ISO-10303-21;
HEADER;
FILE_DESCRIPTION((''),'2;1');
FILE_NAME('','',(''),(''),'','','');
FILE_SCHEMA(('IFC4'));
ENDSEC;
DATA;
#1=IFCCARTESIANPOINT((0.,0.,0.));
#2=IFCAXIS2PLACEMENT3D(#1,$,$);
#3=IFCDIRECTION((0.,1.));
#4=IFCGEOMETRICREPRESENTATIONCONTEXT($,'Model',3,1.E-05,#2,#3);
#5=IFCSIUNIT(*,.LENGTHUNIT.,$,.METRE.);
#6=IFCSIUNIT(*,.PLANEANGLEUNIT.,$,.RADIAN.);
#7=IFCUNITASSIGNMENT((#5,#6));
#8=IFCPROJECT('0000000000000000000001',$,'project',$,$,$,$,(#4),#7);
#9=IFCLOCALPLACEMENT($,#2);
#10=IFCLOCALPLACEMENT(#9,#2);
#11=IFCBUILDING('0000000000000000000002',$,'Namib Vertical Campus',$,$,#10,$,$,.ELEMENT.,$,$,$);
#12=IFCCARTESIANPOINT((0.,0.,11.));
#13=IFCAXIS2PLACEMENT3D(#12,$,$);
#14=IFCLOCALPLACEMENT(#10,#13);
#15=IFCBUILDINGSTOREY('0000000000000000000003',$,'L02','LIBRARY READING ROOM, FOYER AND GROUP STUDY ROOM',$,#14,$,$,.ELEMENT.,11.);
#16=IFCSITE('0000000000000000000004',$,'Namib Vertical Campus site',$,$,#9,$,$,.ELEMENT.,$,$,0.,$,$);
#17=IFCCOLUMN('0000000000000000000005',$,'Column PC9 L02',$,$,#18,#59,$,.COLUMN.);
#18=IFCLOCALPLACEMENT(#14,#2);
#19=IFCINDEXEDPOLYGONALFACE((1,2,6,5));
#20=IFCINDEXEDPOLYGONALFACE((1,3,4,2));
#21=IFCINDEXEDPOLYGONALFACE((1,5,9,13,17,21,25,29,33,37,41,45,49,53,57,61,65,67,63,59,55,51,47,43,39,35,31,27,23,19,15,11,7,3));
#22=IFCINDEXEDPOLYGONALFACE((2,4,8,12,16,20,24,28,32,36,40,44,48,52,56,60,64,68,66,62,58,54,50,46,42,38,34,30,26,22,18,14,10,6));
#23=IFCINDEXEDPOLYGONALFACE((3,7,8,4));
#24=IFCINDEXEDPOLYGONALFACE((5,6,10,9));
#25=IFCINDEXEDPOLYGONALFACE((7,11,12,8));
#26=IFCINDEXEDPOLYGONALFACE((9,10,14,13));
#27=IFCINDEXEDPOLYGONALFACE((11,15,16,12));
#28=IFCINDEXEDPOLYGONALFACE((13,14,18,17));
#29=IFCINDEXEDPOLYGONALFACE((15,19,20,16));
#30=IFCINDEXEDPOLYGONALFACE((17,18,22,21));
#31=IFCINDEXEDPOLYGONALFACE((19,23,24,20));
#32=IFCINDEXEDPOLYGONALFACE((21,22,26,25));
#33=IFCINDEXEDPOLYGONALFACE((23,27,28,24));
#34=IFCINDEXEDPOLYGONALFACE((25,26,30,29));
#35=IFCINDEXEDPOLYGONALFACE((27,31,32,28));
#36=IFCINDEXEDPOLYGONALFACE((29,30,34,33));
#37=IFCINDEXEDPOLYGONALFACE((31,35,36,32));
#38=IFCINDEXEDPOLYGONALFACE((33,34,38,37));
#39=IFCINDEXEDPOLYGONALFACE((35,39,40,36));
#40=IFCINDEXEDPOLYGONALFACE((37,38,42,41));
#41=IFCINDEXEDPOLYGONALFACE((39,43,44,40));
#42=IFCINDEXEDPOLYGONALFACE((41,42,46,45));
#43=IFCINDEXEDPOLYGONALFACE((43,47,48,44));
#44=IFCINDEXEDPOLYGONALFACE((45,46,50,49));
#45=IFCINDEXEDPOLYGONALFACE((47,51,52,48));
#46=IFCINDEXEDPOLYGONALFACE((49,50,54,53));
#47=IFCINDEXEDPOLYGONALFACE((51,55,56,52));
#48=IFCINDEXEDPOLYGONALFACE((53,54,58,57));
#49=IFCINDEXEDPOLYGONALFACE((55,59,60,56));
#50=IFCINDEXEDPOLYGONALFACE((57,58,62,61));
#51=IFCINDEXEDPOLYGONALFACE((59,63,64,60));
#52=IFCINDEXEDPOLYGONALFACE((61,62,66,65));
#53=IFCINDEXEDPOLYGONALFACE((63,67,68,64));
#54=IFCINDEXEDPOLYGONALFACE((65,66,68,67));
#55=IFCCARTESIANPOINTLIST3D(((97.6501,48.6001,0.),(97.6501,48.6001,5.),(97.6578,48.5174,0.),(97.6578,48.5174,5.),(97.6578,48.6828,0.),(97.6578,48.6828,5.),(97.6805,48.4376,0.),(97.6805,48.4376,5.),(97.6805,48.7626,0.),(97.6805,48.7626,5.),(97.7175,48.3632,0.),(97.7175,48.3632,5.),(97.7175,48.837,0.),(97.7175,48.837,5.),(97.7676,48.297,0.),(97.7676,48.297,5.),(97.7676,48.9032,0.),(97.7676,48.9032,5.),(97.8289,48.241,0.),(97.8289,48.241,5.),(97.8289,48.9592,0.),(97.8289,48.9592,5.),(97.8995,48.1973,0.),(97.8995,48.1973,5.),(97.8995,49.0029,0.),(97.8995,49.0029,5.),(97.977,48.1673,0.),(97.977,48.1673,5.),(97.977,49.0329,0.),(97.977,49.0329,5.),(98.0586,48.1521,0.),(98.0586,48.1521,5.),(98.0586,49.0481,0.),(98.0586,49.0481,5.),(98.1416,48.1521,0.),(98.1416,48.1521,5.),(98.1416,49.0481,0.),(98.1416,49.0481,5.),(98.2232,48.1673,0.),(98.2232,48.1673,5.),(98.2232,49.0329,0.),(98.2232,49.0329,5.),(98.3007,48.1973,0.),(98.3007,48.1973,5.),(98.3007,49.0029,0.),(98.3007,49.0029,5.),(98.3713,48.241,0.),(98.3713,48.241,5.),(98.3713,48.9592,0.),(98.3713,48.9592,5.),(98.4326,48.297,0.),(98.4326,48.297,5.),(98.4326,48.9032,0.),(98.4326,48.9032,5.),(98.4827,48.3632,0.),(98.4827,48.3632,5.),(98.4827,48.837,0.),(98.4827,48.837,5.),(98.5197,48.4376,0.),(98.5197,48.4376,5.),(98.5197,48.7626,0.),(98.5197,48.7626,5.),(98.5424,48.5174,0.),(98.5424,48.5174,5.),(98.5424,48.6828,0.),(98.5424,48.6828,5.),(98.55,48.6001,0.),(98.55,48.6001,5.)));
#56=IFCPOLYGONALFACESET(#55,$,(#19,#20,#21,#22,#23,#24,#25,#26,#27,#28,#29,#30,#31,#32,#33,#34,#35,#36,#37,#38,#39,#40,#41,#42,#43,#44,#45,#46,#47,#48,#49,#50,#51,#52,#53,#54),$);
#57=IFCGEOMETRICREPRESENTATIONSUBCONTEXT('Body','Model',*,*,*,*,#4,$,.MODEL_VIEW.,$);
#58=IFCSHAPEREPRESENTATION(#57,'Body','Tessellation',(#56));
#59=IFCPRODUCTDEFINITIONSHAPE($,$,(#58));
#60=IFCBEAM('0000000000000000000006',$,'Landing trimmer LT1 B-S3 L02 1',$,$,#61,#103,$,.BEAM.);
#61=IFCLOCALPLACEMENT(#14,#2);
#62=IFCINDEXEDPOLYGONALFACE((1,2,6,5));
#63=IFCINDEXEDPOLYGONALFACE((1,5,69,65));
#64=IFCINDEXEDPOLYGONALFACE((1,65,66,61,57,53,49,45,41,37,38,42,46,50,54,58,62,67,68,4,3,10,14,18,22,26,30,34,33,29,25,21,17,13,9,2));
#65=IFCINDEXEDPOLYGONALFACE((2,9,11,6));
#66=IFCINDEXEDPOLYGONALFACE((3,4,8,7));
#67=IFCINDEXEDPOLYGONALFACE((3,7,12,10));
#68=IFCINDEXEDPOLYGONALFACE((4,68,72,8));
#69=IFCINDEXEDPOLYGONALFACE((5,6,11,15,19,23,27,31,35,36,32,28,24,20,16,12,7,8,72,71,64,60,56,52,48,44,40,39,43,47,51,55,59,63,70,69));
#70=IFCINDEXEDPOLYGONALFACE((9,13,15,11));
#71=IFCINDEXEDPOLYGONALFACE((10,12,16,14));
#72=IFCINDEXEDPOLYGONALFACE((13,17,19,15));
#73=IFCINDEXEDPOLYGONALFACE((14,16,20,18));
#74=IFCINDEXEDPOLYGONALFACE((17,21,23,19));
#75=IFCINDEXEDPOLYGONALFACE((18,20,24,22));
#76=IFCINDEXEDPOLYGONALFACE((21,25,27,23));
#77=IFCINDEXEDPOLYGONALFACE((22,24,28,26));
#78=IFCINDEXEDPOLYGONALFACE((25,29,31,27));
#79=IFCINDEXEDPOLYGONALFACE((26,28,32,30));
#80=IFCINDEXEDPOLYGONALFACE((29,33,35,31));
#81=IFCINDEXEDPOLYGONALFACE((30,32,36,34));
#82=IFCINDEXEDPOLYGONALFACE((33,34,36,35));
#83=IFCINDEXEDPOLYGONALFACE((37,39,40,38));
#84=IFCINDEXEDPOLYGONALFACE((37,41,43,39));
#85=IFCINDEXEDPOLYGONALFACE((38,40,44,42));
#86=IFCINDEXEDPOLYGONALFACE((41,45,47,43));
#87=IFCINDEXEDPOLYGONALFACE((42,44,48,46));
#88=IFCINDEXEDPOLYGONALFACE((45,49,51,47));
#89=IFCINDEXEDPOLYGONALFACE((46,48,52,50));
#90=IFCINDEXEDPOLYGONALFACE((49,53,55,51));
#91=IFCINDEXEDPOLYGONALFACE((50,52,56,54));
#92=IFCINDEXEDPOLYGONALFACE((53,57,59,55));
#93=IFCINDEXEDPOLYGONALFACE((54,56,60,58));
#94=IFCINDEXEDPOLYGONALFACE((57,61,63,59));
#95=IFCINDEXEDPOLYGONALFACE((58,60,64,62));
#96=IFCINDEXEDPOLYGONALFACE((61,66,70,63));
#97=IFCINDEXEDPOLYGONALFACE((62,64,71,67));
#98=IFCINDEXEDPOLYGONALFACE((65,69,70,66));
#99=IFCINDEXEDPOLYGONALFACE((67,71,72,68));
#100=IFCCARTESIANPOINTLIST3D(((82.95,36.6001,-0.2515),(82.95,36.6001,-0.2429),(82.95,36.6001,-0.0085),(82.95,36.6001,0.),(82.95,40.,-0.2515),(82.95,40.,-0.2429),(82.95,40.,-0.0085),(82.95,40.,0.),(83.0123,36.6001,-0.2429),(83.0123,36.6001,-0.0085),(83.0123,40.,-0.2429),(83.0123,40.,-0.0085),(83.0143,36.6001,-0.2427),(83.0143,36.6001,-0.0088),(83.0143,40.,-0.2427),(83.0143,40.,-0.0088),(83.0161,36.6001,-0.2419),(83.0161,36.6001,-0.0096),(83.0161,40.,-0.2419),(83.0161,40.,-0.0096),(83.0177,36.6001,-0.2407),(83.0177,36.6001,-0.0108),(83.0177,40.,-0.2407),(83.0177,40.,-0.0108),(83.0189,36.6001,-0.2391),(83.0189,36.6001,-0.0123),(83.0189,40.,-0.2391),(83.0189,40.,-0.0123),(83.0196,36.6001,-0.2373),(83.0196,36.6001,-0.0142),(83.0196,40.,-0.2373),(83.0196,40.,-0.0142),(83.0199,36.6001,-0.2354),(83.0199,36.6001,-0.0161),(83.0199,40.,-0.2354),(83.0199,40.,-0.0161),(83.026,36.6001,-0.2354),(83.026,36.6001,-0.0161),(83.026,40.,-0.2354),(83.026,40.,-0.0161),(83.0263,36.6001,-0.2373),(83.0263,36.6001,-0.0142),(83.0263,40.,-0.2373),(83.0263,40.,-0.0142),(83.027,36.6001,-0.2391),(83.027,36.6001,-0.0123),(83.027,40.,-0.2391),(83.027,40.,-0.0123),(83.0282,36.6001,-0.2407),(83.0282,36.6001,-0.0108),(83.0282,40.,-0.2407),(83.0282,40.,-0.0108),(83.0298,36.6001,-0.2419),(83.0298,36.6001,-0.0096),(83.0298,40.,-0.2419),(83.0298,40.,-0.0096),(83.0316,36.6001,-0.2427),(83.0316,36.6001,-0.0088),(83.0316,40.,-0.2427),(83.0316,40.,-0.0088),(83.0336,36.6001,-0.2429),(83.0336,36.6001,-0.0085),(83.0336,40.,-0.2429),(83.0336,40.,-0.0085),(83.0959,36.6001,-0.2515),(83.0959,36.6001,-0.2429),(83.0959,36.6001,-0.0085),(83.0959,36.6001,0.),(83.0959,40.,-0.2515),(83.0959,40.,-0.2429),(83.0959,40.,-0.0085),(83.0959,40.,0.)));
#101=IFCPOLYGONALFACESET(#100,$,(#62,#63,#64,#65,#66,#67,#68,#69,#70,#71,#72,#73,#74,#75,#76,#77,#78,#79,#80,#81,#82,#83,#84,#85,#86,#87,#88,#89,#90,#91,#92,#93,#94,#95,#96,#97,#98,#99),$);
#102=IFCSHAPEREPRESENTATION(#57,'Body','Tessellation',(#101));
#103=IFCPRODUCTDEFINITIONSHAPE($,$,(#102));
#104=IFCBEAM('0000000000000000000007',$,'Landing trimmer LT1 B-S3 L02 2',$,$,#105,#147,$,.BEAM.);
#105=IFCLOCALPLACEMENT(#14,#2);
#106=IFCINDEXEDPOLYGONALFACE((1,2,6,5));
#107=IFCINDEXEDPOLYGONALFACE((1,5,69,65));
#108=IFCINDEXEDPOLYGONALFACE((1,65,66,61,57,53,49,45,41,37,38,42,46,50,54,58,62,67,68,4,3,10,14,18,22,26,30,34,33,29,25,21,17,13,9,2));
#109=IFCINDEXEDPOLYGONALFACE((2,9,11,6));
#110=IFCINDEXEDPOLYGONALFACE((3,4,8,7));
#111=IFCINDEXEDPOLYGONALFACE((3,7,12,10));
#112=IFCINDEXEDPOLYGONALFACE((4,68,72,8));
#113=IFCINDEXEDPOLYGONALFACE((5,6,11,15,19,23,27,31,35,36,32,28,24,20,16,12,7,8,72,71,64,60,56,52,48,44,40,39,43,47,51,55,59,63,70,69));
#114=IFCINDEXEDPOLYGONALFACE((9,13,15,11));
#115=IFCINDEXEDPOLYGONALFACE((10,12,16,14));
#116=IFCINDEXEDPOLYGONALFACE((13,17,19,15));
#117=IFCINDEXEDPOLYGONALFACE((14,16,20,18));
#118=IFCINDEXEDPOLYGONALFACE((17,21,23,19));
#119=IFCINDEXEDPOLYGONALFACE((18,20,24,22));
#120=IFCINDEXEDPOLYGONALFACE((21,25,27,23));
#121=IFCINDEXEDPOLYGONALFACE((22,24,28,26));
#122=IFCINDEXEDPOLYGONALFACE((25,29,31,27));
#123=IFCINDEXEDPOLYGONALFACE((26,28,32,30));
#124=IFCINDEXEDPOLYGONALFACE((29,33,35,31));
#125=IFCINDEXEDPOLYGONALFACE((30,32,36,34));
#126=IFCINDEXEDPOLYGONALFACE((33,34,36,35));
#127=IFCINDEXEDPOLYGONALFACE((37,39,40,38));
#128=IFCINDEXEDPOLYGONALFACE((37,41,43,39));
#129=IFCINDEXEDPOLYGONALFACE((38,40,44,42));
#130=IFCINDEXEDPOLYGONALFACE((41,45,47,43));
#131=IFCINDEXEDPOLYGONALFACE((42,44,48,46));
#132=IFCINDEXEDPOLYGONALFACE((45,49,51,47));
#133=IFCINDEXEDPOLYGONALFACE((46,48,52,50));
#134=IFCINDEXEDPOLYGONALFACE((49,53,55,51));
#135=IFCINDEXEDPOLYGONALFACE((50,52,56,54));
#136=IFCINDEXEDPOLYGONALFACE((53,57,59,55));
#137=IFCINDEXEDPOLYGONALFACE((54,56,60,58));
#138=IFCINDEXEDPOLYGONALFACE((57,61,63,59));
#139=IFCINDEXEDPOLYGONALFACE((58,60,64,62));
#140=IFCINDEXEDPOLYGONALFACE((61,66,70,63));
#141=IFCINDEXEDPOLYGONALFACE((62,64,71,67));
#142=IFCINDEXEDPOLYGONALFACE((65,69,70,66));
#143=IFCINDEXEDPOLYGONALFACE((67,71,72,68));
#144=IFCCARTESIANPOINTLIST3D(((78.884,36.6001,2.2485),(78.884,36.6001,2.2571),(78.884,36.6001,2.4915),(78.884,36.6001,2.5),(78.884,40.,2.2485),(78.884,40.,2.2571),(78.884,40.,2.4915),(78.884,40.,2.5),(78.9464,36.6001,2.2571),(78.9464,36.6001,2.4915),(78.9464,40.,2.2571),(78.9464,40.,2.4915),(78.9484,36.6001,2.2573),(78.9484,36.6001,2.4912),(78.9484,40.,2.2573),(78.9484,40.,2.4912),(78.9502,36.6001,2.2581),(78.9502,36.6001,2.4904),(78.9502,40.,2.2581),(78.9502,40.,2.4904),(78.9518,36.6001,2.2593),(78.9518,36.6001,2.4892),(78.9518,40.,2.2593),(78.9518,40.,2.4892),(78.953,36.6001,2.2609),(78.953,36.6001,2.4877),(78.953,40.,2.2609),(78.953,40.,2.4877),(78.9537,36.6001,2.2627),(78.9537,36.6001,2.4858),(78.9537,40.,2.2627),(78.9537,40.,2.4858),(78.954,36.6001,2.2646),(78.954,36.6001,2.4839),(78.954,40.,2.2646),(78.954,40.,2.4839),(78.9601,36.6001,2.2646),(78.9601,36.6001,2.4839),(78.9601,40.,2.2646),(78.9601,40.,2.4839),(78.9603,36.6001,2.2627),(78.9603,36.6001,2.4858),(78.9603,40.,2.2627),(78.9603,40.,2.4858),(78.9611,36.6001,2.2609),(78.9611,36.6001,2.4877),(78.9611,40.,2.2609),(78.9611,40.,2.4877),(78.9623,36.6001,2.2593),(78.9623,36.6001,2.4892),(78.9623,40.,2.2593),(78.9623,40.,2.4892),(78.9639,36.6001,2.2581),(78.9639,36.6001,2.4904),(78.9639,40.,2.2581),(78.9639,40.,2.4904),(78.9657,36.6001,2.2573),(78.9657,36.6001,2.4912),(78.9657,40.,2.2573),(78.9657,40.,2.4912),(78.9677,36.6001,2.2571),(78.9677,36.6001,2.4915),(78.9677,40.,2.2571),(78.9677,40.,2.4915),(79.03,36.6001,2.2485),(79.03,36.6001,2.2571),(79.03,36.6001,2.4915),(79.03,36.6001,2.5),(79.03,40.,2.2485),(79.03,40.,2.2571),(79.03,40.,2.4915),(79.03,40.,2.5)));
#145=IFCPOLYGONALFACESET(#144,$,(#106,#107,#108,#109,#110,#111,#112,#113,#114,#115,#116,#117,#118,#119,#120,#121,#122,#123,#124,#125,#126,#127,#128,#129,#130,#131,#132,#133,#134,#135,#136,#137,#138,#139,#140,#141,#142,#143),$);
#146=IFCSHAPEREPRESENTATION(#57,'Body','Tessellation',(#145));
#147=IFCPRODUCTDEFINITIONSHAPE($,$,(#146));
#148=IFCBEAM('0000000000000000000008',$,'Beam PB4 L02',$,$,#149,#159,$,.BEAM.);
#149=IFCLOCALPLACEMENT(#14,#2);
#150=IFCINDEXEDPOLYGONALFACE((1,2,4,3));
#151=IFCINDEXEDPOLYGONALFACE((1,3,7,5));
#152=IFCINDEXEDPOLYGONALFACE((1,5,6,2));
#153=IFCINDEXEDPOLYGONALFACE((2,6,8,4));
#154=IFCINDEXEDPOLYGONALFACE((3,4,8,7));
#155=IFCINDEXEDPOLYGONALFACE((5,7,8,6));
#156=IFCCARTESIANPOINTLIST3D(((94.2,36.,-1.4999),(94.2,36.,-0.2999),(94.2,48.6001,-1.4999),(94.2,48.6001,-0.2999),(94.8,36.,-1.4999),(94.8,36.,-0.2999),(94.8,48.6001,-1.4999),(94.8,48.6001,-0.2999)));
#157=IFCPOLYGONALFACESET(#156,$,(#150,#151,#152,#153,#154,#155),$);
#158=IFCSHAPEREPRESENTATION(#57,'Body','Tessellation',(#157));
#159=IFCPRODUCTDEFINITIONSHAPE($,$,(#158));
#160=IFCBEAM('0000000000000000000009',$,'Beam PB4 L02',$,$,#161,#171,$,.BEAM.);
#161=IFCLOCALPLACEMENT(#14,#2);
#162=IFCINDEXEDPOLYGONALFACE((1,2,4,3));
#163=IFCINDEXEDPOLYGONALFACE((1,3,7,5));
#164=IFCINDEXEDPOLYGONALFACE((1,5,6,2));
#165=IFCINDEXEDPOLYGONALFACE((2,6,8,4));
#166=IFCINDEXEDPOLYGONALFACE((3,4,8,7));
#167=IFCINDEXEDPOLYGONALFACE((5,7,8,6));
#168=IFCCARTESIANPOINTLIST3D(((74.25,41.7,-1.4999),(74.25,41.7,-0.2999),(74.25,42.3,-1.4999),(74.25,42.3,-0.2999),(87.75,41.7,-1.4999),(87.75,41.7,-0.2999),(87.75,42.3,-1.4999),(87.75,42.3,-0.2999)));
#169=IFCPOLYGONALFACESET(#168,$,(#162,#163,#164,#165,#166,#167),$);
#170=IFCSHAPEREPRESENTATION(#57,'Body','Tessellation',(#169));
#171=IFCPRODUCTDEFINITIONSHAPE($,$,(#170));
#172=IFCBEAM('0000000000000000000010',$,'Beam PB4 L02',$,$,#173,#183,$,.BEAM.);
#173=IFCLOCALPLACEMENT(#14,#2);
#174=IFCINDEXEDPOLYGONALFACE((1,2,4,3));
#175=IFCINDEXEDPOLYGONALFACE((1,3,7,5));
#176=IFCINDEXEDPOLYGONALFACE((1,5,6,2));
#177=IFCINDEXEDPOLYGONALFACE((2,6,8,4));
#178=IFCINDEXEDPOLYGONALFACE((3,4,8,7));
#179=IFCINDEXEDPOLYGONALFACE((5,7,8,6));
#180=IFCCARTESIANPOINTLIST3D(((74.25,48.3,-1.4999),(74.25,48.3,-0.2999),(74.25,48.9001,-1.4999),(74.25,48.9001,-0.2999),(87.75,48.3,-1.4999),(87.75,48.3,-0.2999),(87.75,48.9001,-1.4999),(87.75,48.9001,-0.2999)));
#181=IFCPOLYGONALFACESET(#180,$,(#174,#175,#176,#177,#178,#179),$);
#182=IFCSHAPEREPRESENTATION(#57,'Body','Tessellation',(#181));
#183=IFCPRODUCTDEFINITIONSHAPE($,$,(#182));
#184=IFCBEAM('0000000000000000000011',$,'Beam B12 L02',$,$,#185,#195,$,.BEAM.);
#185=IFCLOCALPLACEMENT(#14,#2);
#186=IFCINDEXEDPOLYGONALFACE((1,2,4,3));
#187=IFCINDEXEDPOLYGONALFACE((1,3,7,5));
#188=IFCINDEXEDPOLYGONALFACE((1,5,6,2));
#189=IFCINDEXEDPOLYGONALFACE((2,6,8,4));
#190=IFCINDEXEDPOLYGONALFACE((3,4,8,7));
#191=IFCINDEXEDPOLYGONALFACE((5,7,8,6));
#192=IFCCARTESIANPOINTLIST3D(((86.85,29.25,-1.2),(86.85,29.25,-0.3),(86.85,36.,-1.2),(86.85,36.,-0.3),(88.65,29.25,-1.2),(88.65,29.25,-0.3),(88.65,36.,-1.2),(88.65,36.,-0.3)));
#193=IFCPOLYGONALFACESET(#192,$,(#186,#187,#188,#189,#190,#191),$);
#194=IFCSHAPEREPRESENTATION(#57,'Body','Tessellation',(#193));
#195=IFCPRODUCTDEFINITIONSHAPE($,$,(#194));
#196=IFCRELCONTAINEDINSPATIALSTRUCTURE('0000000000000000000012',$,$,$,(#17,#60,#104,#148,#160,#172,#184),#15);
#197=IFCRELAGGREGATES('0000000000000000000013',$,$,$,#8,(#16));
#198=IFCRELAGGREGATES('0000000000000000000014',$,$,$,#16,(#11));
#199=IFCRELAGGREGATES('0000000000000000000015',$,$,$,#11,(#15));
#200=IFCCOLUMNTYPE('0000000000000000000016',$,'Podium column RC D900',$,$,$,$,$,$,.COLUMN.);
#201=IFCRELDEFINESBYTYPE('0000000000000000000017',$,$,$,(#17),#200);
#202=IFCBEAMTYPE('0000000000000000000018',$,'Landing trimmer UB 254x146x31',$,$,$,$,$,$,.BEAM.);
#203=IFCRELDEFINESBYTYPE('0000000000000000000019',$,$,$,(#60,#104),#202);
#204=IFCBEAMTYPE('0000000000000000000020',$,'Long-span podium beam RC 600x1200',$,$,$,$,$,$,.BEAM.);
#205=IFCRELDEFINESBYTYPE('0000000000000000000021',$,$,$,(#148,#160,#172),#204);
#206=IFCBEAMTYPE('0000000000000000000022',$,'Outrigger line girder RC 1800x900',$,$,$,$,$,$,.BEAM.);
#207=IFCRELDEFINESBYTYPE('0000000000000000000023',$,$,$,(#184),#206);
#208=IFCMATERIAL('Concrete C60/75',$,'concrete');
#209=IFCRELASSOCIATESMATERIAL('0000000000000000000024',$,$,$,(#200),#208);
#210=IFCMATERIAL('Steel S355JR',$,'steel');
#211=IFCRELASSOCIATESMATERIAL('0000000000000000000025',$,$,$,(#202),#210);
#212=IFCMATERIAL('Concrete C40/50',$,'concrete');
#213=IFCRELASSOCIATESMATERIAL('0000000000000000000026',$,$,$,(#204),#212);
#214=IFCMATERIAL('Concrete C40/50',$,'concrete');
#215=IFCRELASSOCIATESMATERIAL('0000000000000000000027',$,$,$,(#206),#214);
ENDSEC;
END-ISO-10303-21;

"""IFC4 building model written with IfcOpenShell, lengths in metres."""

from ifc_helpers import new_model, si_unit, direction, frame, origin, origin_2d, place, context, subcontext, project, spatial, rectangle, circle, i_section, extrude, material, material_profile, profile_set, type_object, element, save


model = new_model("IFC4")

# Units and contexts
model_context = context("Model", 3, precision=1e-05, world=origin(), true_north=direction((0.0, 1.0)))
body_context = subcontext(model_context, "Body", "Model", "MODEL_VIEW")
ifc_project = project(units=[si_unit("LENGTHUNIT", "METRE"), si_unit("PLANEANGLEUNIT", "RADIAN")], contexts=[model_context])

# Site, building, storey
site_placement = place(None, origin())
site = spatial("IfcSite", under=ifc_project, at=site_placement, Name="Namib Vertical Campus site", CompositionType="ELEMENT", RefElevation=0.0)
building_placement = place(site_placement, origin())
building = spatial("IfcBuilding", under=site, at=building_placement, Name="Namib Vertical Campus", CompositionType="ELEMENT")
storey_placement = place(building_placement, frame((0.0, 0.0, 11.0)))
storey = spatial("IfcBuildingStorey", under=building, at=storey_placement, Name="L02", Description="LIBRARY READING ROOM, FOYER AND GROUP STUDY ROOM", CompositionType="ELEMENT", Elevation=11.0)

# Column
ifc_material_1 = material(Name="Concrete C60/75", Category="concrete")
ifc_material_profile_1 = material_profile(ifc_material_1, circle(Radius=0.45, at=origin_2d()))
ifc_profile_set_1 = profile_set([ifc_material_profile_1], Name="Concrete C60/75")
column_type_1 = type_object("IfcColumnType", Name="Podium column RC D900", PredefinedType="COLUMN", material=ifc_profile_set_1)
for number, where, z_axis, x_axis, name in (
    (1, (98.1001, 48.6001, 0.0), (0.0, 0.0, 1.0), (1.0, 0.0, 0.0), "Column PC9 L02"),
):
    element("IfcColumn", number, at=place(storey_placement, frame(where, z_axis=z_axis, x_axis=x_axis)), inside=storey, type_object=column_type_1, Name=name, PredefinedType="COLUMN", context=body_context, shape_type="SweptSolid", body=[
        extrude(circle(Radius=0.45, at=origin_2d()), origin(), (0.0, 0.0, 1.0), 5.0),
    ])

# Beams
ifc_material_2 = material(Name="Steel S355JR", Category="steel")
ifc_material_profile_2 = material_profile(ifc_material_2, i_section(OverallWidth=0.146, OverallDepth=0.2515, WebThickness=0.0061, FlangeThickness=0.0085, FilletRadius=0.0076, at=origin_2d()))
ifc_profile_set_2 = profile_set([ifc_material_profile_2], Name="Steel S355JR")
beam_type_1 = type_object("IfcBeamType", Name="Landing trimmer UB 254x146x31", PredefinedType="BEAM", material=ifc_profile_set_2)
for number, where, z_axis, x_axis, name in (
    (2, (83.0229, 36.6001, -0.1257), (0.0, 1.0, 0.0), (-1.0, 0.0, 0.0), "Landing trimmer LT1 B-S3 L02 1"),
    (3, (78.957, 36.6001, 2.3743), (0.0, 1.0, 0.0), (-1.0, 0.0, 0.0), "Landing trimmer LT1 B-S3 L02 2"),
):
    element("IfcBeam", number, at=place(storey_placement, frame(where, z_axis=z_axis, x_axis=x_axis)), inside=storey, type_object=beam_type_1, Name=name, PredefinedType="BEAM", context=body_context, shape_type="SweptSolid", body=[
        extrude(i_section(OverallWidth=0.146, OverallDepth=0.2515, WebThickness=0.0061, FlangeThickness=0.0085, FilletRadius=0.0076, at=origin_2d()), origin(), (0.0, 0.0, 1.0), 3.3999),
    ])
ifc_material_3 = material(Name="Concrete C40/50", Category="concrete")
ifc_material_profile_3 = material_profile(ifc_material_3, rectangle(XDim=0.6001, YDim=1.2, at=origin_2d()))
ifc_profile_set_3 = profile_set([ifc_material_profile_3], Name="Concrete C40/50")
beam_type_2 = type_object("IfcBeamType", Name="Long-span podium beam RC 600x1200", PredefinedType="BEAM", material=ifc_profile_set_3)
beam_1_placement = place(storey_placement, frame((94.5, 36.0, -0.8999), z_axis=(0.0, 1.0, 0.0), x_axis=(-1.0, 0.0, 0.0)))
element("IfcBeam", 4, at=beam_1_placement, inside=storey, type_object=beam_type_2, Name="Beam PB4 L02", PredefinedType="BEAM", context=body_context, shape_type="SweptSolid", body=[
    extrude(rectangle(XDim=0.6001, YDim=1.2, at=origin_2d()), origin(), (0.0, 0.0, 1.0), 12.6001),
])
for number, where, z_axis, x_axis, name in (
    (5, (74.25, 42.0, -0.8999), (1.0, 0.0, 0.0), (0.0, 1.0, 0.0), "Beam PB4 L02"),
    (6, (74.25, 48.6001, -0.8999), (1.0, 0.0, 0.0), (0.0, 1.0, 0.0), "Beam PB4 L02"),
):
    element("IfcBeam", number, at=place(storey_placement, frame(where, z_axis=z_axis, x_axis=x_axis)), inside=storey, type_object=beam_type_2, Name=name, PredefinedType="BEAM", context=body_context, shape_type="SweptSolid", body=[
        extrude(rectangle(XDim=0.6001, YDim=1.2, at=origin_2d()), origin(), (0.0, 0.0, 1.0), 13.5),
    ])
ifc_material_4 = material(Name="Concrete C40/50", Category="concrete")
ifc_material_profile_4 = material_profile(ifc_material_4, rectangle(XDim=1.8, YDim=0.8999, at=origin_2d()))
ifc_profile_set_4 = profile_set([ifc_material_profile_4], Name="Concrete C40/50")
beam_type_3 = type_object("IfcBeamType", Name="Outrigger line girder RC 1800x900", PredefinedType="BEAM", material=ifc_profile_set_4)
beam_2_placement = place(storey_placement, frame((87.75, 36.0, -0.75), z_axis=(0.0, -1.0, 0.0), x_axis=(1.0, 0.0, 0.0)))
element("IfcBeam", 7, at=beam_2_placement, inside=storey, type_object=beam_type_3, Name="Beam B12 L02", PredefinedType="BEAM", context=body_context, shape_type="SweptSolid", body=[
    extrude(rectangle(XDim=1.8, YDim=0.8999, at=origin_2d()), origin(), (0.0, 0.0, 1.0), 6.75),
])

save(model, "model.ifc")
